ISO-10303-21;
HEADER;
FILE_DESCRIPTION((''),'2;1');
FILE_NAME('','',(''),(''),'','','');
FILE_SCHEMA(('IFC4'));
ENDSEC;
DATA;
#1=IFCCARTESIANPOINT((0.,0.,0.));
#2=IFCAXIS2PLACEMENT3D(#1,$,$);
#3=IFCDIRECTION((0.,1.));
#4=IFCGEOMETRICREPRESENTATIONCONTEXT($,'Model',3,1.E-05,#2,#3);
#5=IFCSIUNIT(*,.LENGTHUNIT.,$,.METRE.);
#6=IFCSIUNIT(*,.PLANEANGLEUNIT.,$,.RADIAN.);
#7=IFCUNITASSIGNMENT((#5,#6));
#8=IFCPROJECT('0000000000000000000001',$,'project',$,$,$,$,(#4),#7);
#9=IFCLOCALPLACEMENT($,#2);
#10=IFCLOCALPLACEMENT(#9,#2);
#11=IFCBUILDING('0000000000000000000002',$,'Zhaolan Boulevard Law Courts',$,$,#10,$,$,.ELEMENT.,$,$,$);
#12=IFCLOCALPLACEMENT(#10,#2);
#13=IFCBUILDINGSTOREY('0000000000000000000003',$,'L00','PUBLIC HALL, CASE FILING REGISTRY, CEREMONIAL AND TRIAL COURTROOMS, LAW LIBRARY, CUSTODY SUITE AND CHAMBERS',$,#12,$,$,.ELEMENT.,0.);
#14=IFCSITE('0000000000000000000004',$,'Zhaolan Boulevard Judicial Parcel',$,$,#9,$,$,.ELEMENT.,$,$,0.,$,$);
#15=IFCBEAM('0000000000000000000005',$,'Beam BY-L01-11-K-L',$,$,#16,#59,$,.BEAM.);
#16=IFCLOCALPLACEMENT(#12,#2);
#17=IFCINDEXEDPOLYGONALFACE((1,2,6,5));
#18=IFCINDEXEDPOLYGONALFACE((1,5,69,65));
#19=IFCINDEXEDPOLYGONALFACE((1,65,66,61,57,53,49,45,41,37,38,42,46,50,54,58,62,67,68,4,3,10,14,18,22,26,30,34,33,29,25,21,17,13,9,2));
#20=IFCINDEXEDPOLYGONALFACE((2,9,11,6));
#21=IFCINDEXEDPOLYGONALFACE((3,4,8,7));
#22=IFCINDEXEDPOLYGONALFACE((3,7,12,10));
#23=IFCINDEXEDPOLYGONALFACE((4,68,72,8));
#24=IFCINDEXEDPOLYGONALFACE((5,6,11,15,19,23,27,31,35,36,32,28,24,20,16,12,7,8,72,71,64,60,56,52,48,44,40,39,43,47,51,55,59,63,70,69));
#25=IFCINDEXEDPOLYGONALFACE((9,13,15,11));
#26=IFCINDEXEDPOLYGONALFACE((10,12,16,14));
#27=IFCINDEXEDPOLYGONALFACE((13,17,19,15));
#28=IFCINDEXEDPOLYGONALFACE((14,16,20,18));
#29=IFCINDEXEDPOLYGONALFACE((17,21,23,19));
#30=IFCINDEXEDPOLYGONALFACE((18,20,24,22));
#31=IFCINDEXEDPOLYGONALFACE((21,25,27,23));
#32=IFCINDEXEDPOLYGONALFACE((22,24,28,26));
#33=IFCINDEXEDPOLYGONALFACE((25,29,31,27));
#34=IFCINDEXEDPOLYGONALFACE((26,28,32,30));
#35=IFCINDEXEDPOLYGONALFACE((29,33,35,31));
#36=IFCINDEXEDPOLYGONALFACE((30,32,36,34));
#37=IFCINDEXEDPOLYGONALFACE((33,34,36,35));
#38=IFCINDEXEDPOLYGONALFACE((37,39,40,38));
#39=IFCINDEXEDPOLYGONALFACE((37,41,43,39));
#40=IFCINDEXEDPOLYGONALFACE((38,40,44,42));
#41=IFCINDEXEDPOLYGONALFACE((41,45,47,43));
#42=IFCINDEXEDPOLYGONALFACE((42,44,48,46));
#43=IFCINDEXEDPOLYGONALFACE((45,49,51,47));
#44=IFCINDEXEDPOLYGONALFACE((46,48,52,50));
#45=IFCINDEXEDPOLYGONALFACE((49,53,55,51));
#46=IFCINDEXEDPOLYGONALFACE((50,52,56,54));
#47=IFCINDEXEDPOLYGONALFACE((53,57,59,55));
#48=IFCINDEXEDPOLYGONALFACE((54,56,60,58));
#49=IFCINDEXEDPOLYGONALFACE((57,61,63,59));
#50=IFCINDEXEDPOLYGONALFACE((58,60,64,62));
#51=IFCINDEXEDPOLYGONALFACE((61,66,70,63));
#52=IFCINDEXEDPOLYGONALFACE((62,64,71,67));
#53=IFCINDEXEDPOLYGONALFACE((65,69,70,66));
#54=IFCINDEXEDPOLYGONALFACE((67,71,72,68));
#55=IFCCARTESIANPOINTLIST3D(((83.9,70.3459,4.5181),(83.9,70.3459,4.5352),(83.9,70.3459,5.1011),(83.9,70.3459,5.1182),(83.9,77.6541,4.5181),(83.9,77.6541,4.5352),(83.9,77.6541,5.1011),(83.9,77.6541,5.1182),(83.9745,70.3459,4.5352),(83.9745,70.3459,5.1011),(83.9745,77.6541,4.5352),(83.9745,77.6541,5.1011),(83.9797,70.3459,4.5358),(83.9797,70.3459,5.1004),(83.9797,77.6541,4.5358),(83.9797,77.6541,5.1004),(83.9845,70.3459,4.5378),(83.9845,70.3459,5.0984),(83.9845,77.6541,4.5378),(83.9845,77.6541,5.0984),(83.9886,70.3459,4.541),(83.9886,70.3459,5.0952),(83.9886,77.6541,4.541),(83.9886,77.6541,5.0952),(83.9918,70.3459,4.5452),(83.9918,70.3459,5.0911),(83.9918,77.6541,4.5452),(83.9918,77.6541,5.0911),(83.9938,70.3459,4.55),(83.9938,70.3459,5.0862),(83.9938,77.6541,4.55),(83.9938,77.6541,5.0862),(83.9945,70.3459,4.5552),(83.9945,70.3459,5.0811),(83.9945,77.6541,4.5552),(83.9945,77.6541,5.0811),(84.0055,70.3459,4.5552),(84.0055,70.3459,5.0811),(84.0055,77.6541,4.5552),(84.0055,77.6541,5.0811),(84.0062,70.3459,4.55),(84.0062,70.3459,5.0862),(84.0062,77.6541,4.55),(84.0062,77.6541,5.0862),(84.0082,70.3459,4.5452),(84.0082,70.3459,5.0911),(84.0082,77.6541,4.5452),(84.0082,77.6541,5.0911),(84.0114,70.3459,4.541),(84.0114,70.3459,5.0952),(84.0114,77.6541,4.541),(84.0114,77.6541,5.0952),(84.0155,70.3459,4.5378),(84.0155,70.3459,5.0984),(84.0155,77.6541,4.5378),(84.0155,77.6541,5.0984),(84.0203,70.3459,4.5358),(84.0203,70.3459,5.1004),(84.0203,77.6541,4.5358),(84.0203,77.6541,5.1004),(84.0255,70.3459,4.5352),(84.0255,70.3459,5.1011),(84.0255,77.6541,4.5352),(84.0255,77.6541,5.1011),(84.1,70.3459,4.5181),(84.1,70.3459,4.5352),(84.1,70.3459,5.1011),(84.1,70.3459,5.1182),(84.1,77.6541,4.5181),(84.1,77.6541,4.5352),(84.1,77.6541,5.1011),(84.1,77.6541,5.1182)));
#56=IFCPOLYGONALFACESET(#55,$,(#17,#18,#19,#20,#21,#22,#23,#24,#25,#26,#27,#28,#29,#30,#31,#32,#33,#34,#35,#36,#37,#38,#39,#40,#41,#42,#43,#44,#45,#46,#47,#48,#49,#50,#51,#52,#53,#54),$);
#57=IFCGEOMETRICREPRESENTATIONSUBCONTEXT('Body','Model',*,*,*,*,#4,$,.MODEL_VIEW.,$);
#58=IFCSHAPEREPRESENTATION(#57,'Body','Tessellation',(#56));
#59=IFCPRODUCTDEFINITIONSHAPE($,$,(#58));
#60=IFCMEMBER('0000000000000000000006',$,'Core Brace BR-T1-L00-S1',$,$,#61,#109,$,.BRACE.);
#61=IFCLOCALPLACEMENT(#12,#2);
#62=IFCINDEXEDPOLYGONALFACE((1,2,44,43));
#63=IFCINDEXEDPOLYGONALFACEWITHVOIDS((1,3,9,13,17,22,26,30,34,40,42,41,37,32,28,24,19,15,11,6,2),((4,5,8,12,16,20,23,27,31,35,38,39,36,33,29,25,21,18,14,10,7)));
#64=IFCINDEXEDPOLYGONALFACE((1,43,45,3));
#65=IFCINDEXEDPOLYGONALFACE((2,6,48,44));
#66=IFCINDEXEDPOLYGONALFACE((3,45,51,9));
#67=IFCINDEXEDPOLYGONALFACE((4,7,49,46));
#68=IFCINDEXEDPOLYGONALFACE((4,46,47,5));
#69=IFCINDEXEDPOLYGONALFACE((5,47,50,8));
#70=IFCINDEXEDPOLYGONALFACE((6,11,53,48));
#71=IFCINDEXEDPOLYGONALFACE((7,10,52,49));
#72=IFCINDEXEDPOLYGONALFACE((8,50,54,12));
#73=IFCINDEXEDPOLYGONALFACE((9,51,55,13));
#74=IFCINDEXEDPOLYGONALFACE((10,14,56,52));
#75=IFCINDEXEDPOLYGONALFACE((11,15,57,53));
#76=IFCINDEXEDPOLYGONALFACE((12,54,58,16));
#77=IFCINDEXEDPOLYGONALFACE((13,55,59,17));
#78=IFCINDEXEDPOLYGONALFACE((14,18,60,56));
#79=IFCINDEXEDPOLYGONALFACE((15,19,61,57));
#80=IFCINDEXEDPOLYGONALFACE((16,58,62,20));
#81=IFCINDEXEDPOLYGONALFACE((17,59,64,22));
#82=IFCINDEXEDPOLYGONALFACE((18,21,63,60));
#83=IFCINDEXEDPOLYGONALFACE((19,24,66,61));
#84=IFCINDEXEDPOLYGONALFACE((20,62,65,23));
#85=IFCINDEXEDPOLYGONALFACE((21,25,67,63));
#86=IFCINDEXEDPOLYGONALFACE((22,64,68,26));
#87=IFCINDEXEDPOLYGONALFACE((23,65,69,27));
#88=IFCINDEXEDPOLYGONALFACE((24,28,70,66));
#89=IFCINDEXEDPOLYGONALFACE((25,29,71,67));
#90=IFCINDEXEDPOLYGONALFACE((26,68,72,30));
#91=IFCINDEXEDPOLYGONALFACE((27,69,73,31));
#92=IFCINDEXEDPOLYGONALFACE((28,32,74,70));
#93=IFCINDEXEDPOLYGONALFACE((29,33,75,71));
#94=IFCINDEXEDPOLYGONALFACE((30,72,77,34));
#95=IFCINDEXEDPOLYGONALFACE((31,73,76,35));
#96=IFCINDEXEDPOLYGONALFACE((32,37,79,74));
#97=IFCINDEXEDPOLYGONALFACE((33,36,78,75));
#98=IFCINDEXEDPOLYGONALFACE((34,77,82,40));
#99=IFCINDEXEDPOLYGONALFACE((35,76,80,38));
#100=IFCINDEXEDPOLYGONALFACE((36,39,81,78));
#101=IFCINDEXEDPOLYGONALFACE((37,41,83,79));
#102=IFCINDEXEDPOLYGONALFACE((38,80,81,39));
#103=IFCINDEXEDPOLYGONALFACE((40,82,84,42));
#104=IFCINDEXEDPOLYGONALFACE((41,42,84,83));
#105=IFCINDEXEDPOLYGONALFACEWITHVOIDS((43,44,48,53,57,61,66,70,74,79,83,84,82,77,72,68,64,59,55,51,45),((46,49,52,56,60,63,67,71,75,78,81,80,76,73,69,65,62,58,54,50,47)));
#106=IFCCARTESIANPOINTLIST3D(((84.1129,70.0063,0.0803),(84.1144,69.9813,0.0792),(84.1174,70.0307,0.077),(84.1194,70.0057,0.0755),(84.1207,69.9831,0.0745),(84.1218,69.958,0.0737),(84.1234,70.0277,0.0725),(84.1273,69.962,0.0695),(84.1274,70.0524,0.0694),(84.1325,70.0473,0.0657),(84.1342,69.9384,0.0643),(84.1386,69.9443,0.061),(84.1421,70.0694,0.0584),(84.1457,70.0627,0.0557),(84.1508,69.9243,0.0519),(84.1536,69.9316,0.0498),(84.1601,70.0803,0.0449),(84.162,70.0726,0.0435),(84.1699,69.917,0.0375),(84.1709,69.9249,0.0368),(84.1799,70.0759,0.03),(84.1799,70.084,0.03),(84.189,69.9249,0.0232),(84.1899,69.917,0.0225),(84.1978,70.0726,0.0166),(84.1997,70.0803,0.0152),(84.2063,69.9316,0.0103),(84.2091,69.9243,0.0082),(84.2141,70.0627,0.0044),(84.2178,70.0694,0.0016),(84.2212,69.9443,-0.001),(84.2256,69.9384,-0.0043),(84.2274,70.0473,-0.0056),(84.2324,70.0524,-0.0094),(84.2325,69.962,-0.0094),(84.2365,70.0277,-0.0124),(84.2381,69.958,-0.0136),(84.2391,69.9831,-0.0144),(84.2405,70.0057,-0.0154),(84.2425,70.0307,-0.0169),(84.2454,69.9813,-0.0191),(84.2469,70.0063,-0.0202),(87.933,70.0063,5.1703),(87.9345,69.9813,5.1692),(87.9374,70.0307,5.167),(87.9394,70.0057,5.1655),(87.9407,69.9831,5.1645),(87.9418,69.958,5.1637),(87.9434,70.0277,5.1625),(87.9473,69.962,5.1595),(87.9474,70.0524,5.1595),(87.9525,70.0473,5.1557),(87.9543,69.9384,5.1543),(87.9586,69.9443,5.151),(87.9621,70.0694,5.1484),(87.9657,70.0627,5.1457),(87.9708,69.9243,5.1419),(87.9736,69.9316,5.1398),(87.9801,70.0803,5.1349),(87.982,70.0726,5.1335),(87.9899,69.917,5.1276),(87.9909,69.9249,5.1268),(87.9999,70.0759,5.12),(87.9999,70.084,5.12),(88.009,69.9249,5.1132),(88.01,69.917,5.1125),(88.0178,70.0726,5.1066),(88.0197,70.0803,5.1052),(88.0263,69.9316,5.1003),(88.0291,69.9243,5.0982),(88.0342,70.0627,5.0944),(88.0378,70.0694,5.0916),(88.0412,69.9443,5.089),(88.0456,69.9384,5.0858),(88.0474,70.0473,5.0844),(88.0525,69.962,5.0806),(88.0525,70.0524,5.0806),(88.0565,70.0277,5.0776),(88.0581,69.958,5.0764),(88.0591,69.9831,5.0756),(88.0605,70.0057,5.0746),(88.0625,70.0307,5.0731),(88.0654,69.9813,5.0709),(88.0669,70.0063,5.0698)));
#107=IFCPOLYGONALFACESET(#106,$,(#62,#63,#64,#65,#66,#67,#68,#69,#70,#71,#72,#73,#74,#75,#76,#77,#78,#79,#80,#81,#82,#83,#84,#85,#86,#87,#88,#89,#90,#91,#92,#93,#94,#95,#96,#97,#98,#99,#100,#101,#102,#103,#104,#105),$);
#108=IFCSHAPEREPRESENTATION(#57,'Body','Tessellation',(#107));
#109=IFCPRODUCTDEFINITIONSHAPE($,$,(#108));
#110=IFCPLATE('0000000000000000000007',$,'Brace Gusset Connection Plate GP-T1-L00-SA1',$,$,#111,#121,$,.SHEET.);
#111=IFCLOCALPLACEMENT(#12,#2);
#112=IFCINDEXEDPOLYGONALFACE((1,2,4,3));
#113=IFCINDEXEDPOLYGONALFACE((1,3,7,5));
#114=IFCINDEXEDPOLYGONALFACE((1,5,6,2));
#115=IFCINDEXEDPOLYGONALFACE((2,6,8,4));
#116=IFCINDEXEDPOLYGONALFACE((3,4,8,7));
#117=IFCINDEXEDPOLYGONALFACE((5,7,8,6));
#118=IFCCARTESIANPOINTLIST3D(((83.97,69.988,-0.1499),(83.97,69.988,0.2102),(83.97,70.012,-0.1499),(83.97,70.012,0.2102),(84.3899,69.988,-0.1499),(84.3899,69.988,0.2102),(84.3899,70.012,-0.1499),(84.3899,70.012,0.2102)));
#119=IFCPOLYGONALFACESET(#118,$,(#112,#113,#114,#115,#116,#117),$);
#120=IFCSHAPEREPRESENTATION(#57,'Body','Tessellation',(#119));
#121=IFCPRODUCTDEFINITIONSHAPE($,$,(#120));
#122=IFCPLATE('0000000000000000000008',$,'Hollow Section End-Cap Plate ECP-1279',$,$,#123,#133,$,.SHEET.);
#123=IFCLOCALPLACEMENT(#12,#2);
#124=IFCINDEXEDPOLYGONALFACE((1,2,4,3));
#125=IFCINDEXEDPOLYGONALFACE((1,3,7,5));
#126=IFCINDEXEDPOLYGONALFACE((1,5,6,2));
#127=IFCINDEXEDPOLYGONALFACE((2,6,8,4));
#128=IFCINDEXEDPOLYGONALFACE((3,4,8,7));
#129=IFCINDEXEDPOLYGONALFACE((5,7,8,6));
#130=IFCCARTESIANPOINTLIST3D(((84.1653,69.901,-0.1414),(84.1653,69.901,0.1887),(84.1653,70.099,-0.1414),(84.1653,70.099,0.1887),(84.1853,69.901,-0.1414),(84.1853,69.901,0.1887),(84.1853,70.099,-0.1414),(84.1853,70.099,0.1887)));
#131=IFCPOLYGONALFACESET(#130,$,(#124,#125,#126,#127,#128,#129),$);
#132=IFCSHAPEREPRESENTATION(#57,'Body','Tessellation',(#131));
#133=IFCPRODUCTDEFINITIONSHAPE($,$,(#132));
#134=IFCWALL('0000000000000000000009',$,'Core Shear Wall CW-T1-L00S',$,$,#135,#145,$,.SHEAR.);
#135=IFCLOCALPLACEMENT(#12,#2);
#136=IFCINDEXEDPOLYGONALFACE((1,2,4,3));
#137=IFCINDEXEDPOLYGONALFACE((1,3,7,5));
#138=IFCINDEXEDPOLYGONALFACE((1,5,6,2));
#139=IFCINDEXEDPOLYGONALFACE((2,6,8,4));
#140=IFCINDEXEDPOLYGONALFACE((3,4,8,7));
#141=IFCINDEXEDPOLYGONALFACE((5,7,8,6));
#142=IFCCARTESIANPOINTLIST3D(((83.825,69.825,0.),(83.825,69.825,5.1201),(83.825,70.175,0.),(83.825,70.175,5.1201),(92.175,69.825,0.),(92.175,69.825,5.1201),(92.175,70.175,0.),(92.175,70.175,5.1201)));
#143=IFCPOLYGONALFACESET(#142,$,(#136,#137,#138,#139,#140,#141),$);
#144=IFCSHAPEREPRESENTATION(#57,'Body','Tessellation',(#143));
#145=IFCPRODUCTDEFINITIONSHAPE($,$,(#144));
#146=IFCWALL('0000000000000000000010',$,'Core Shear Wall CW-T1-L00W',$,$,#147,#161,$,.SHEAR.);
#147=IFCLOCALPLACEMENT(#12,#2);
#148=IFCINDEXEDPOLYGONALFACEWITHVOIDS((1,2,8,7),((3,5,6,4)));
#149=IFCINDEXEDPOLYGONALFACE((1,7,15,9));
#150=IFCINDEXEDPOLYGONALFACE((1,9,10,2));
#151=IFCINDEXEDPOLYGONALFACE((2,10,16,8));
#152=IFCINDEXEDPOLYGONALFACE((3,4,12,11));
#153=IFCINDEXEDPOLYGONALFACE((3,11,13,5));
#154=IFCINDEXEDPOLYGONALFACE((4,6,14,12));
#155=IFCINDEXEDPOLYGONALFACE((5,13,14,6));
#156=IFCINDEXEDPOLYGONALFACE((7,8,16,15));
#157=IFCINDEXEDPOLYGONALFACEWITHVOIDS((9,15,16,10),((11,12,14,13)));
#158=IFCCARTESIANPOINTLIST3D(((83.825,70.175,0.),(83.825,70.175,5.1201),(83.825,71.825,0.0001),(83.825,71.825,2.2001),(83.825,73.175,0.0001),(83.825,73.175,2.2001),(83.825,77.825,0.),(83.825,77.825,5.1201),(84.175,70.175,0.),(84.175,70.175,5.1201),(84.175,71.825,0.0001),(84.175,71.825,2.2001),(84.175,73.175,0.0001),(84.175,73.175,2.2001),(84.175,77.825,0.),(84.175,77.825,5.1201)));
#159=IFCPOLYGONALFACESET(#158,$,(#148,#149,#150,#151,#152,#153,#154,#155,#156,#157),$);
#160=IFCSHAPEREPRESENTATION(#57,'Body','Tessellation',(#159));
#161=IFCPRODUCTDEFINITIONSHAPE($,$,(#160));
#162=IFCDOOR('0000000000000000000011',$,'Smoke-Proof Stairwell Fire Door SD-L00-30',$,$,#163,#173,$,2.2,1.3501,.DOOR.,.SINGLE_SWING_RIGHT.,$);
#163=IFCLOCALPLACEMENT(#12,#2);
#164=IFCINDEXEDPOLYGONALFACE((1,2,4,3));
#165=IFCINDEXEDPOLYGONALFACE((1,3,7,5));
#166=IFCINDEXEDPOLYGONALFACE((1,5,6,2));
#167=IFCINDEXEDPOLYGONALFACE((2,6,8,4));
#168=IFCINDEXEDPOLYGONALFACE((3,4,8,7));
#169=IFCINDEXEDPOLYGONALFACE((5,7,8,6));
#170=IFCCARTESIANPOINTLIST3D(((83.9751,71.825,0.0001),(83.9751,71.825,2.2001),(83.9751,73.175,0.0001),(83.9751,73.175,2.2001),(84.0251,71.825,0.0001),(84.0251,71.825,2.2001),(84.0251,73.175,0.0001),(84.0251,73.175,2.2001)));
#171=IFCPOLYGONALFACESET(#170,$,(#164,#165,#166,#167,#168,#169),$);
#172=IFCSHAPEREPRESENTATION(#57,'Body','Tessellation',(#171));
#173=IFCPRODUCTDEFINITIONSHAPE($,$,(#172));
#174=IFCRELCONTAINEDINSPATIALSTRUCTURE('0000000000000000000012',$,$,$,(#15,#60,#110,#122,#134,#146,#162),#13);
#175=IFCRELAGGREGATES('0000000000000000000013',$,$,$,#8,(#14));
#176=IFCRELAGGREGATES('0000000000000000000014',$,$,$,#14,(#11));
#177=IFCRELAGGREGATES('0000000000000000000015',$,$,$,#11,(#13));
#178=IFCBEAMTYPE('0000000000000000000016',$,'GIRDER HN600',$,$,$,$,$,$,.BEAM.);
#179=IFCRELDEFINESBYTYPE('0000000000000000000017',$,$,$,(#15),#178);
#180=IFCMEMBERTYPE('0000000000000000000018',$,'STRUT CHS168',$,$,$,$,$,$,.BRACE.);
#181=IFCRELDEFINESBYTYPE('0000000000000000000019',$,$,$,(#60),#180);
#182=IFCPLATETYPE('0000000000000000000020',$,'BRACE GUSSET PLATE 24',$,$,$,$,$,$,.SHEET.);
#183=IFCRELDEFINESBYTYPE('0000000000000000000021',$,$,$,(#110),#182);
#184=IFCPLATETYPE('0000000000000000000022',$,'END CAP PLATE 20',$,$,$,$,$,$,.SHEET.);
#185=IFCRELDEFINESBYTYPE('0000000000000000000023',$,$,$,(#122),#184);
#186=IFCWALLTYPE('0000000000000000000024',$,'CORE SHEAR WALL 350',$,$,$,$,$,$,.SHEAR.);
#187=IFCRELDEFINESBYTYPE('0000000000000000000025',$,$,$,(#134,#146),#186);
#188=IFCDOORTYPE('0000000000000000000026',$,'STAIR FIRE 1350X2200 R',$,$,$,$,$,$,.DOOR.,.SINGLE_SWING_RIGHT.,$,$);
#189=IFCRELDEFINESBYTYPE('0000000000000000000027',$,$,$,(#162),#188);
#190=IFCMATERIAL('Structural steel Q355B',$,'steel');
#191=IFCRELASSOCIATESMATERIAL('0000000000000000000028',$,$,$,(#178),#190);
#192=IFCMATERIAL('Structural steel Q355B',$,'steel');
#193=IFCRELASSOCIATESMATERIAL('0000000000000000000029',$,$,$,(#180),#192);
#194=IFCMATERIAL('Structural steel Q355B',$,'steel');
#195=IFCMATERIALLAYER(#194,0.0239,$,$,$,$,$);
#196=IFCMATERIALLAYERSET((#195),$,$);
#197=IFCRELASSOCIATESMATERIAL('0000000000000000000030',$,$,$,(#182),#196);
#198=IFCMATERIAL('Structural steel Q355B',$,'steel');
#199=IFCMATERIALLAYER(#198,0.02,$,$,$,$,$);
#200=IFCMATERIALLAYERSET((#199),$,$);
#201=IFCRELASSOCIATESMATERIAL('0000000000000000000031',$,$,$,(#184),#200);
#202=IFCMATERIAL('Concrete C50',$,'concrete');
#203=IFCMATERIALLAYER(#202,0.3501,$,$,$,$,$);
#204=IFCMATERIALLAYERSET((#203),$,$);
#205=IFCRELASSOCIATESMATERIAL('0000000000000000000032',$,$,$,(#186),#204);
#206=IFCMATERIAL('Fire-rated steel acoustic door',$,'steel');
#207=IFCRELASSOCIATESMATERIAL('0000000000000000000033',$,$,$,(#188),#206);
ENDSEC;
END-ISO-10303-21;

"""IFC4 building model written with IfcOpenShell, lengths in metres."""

from ifc_helpers import new_model, si_unit, direction, frame, frame_2d, origin, origin_2d, place, context, subcontext, project, spatial, rectangle, hollow_circle, i_section, extrude, material, layer, layer_set, material_profile, profile_set, type_object, element, fill, save


model = new_model("IFC4")

# Units and contexts
model_context = context("Model", 3, precision=1e-05, world=origin(), true_north=direction((0.0, 1.0)))
body_context = subcontext(model_context, "Body", "Model", "MODEL_VIEW")
ifc_project = project(units=[si_unit("LENGTHUNIT", "METRE"), si_unit("PLANEANGLEUNIT", "RADIAN")], contexts=[model_context])

# Site, building, storey
site_placement = place(None, origin())
site = spatial("IfcSite", under=ifc_project, at=site_placement, Name="Zhaolan Boulevard Judicial Parcel", CompositionType="ELEMENT", RefElevation=0.0)
building_placement = place(site_placement, origin())
building = spatial("IfcBuilding", under=site, at=building_placement, Name="Zhaolan Boulevard Law Courts", CompositionType="ELEMENT")
storey_placement = place(building_placement, origin())
storey = spatial("IfcBuildingStorey", under=building, at=storey_placement, Name="L00", Description="PUBLIC HALL, CASE FILING REGISTRY, CEREMONIAL AND TRIAL COURTROOMS, LAW LIBRARY, CUSTODY SUITE AND CHAMBERS", CompositionType="ELEMENT", Elevation=0.0)

# Beam
ifc_material_1 = material(Name="Structural steel Q355B", Category="steel")
ifc_material_profile_1 = material_profile(ifc_material_1, i_section(OverallWidth=0.2, OverallDepth=0.6001, WebThickness=0.011, FlangeThickness=0.0171, FilletRadius=0.02, at=origin_2d()), Name="HN600x200")
ifc_profile_set_1 = profile_set([ifc_material_profile_1], Name="Structural steel Q355B")
beam_type_1 = type_object("IfcBeamType", Name="GIRDER HN600", PredefinedType="BEAM", material=ifc_profile_set_1)
beam_1_placement = place(storey_placement, frame((84.0, 70.3459, 4.8181), z_axis=(0.0, 1.0, 0.0), x_axis=(-1.0, 0.0, 0.0)))
element("IfcBeam", 1, at=beam_1_placement, inside=storey, type_object=beam_type_1, Name="Beam BY-L01-11-K-L", PredefinedType="BEAM", context=body_context, shape_type="SweptSolid", body=[
    extrude(i_section(OverallWidth=0.2, OverallDepth=0.6001, WebThickness=0.011, FlangeThickness=0.0171, FilletRadius=0.02, at=origin_2d()), origin(), (0.0, 0.0, 1.0), 7.3081),
])

# Member
ifc_material_2 = material(Name="Structural steel Q355B", Category="steel")
ifc_material_profile_2 = material_profile(ifc_material_2, hollow_circle(Radius=0.084, WallThickness=0.0081, at=origin_2d()), Name="CHS168x8")
ifc_profile_set_2 = profile_set([ifc_material_profile_2], Name="Structural steel Q355B")
member_type = type_object("IfcMemberType", Name="STRUT CHS168", PredefinedType="BRACE", material=ifc_profile_set_2)
member_placement = place(storey_placement, frame((84.1799, 70.0, 0.03), z_axis=(0.600252, 0.0, 0.799811), x_axis=(0.0, 1.0, 0.0)))
element("IfcMember", 2, at=member_placement, inside=storey, type_object=member_type, Name="Core Brace BR-T1-L00-S1", PredefinedType="BRACE", context=body_context, shape_type="SweptSolid", body=[
    extrude(hollow_circle(Radius=0.084, WallThickness=0.0081, at=origin_2d()), origin(), (0.0, 0.0, 1.0), 6.364),
])

# Plates
ifc_material_3 = material(Name="Structural steel Q355B", Category="steel")
ifc_layer_1 = layer(ifc_material_3, 0.0239)
ifc_layer_set_1 = layer_set([ifc_layer_1])
plate_type_1 = type_object("IfcPlateType", Name="BRACE GUSSET PLATE 24", PredefinedType="SHEET", material=ifc_layer_set_1)
plate_1_placement = place(storey_placement, frame((84.1799, 70.0, -0.1499), z_axis=(0.0, 0.0, 1.0), x_axis=(1.0, 0.0, 0.0)))
element("IfcPlate", 3, at=plate_1_placement, inside=storey, type_object=plate_type_1, Name="Brace Gusset Connection Plate GP-T1-L00-SA1", PredefinedType="SHEET", context=body_context, shape_type="SweptSolid", body=[
    extrude(rectangle(XDim=0.4199, YDim=0.0239, at=origin_2d()), origin(), (0.0, 0.0, 1.0), 0.3601),
])
ifc_material_4 = material(Name="Structural steel Q355B", Category="steel")
ifc_layer_2 = layer(ifc_material_4, 0.02)
ifc_layer_set_2 = layer_set([ifc_layer_2])
plate_type_2 = type_object("IfcPlateType", Name="END CAP PLATE 20", PredefinedType="SHEET", material=ifc_layer_set_2)
plate_2_placement = place(storey_placement, frame((84.1753, 70.0, -0.1414), z_axis=(0.0, 0.0, 1.0), x_axis=(1.0, 0.0, 0.0)))
element("IfcPlate", 4, at=plate_2_placement, inside=storey, type_object=plate_type_2, Name="Hollow Section End-Cap Plate ECP-1279", PredefinedType="SHEET", context=body_context, shape_type="SweptSolid", body=[
    extrude(rectangle(XDim=0.02, YDim=0.198, at=origin_2d()), origin(), (0.0, 0.0, 1.0), 0.3301),
])

# Wall
ifc_material_5 = material(Name="Concrete C50", Category="concrete")
ifc_layer_3 = layer(ifc_material_5, 0.3501)
ifc_layer_set_3 = layer_set([ifc_layer_3])
wall_type_1 = type_object("IfcWallType", Name="CORE SHEAR WALL 350", PredefinedType="SHEAR", material=ifc_layer_set_3)
wall_1_placement = place(storey_placement, frame((83.825, 70.0, 0.0), z_axis=(0.0, 0.0, 1.0), x_axis=(1.0, 0.0, 0.0)))
element("IfcWall", 5, at=wall_1_placement, inside=storey, type_object=wall_type_1, Name="Core Shear Wall CW-T1-L00S", PredefinedType="SHEAR", context=body_context, shape_type="SweptSolid", body=[
    extrude(rectangle(XDim=8.3501, YDim=0.3501, at=frame_2d((4.175, 0.0))), origin(), (0.0, 0.0, 1.0), 5.1201),
])

# Wall, opening, door
wall_2_placement = place(storey_placement, frame((84.0, 70.175, 0.0), z_axis=(0.0, 0.0, 1.0), x_axis=(0.0, 1.0, 0.0)))
wall_2 = element("IfcWall", 6, at=wall_2_placement, inside=storey, type_object=wall_type_1, Name="Core Shear Wall CW-T1-L00W", PredefinedType="SHEAR", context=body_context, shape_type="SweptSolid", body=[
    extrude(rectangle(XDim=7.6499, YDim=0.3501, at=frame_2d((3.825, 0.0))), origin(), (0.0, 0.0, 1.0), 5.1201),
])
opening_1_placement = place(wall_2_placement, frame((1.6499, 0.0, 0.0)))
opening_1 = element("IfcOpeningElement", 7, at=opening_1_placement, cuts=wall_2, PredefinedType="OPENING", context=body_context, shape_type="SweptSolid", body=[
    extrude(rectangle(XDim=1.3501, YDim=2.2, at=frame_2d((0.675, 1.1001))), frame((0.0, 0.1851, 0.0), z_axis=(0.0, -1.0, 0.0), x_axis=(1.0, 0.0, 0.0)), (0.0, 0.0, 1.0), 0.3701),
])
ifc_material_6 = material(Name="Fire-rated steel acoustic door", Category="steel")
door_type_1 = type_object("IfcDoorType", Name="STAIR FIRE 1350X2200 R", OperationType="SINGLE_SWING_RIGHT", PredefinedType="DOOR", material=ifc_material_6)
door_1_placement = place(opening_1_placement, origin())
door_1 = element("IfcDoor", 8, at=door_1_placement, inside=storey, type_object=door_type_1, Name="Smoke-Proof Stairwell Fire Door SD-L00-30", OperationType="SINGLE_SWING_RIGHT", OverallHeight=2.2, OverallWidth=1.3501, PredefinedType="DOOR", context=body_context, shape_type="SweptSolid", body=[
    extrude(rectangle(XDim=1.3501, YDim=2.2, at=frame_2d((0.675, 1.1001))), frame((0.0, 0.0249, 0.0), z_axis=(0.0, -1.0, 0.0), x_axis=(1.0, 0.0, 0.0)), (0.0, 0.0, 1.0), 0.05),
])
fill(opening_1, door_1)

save(model, "model.ifc")
